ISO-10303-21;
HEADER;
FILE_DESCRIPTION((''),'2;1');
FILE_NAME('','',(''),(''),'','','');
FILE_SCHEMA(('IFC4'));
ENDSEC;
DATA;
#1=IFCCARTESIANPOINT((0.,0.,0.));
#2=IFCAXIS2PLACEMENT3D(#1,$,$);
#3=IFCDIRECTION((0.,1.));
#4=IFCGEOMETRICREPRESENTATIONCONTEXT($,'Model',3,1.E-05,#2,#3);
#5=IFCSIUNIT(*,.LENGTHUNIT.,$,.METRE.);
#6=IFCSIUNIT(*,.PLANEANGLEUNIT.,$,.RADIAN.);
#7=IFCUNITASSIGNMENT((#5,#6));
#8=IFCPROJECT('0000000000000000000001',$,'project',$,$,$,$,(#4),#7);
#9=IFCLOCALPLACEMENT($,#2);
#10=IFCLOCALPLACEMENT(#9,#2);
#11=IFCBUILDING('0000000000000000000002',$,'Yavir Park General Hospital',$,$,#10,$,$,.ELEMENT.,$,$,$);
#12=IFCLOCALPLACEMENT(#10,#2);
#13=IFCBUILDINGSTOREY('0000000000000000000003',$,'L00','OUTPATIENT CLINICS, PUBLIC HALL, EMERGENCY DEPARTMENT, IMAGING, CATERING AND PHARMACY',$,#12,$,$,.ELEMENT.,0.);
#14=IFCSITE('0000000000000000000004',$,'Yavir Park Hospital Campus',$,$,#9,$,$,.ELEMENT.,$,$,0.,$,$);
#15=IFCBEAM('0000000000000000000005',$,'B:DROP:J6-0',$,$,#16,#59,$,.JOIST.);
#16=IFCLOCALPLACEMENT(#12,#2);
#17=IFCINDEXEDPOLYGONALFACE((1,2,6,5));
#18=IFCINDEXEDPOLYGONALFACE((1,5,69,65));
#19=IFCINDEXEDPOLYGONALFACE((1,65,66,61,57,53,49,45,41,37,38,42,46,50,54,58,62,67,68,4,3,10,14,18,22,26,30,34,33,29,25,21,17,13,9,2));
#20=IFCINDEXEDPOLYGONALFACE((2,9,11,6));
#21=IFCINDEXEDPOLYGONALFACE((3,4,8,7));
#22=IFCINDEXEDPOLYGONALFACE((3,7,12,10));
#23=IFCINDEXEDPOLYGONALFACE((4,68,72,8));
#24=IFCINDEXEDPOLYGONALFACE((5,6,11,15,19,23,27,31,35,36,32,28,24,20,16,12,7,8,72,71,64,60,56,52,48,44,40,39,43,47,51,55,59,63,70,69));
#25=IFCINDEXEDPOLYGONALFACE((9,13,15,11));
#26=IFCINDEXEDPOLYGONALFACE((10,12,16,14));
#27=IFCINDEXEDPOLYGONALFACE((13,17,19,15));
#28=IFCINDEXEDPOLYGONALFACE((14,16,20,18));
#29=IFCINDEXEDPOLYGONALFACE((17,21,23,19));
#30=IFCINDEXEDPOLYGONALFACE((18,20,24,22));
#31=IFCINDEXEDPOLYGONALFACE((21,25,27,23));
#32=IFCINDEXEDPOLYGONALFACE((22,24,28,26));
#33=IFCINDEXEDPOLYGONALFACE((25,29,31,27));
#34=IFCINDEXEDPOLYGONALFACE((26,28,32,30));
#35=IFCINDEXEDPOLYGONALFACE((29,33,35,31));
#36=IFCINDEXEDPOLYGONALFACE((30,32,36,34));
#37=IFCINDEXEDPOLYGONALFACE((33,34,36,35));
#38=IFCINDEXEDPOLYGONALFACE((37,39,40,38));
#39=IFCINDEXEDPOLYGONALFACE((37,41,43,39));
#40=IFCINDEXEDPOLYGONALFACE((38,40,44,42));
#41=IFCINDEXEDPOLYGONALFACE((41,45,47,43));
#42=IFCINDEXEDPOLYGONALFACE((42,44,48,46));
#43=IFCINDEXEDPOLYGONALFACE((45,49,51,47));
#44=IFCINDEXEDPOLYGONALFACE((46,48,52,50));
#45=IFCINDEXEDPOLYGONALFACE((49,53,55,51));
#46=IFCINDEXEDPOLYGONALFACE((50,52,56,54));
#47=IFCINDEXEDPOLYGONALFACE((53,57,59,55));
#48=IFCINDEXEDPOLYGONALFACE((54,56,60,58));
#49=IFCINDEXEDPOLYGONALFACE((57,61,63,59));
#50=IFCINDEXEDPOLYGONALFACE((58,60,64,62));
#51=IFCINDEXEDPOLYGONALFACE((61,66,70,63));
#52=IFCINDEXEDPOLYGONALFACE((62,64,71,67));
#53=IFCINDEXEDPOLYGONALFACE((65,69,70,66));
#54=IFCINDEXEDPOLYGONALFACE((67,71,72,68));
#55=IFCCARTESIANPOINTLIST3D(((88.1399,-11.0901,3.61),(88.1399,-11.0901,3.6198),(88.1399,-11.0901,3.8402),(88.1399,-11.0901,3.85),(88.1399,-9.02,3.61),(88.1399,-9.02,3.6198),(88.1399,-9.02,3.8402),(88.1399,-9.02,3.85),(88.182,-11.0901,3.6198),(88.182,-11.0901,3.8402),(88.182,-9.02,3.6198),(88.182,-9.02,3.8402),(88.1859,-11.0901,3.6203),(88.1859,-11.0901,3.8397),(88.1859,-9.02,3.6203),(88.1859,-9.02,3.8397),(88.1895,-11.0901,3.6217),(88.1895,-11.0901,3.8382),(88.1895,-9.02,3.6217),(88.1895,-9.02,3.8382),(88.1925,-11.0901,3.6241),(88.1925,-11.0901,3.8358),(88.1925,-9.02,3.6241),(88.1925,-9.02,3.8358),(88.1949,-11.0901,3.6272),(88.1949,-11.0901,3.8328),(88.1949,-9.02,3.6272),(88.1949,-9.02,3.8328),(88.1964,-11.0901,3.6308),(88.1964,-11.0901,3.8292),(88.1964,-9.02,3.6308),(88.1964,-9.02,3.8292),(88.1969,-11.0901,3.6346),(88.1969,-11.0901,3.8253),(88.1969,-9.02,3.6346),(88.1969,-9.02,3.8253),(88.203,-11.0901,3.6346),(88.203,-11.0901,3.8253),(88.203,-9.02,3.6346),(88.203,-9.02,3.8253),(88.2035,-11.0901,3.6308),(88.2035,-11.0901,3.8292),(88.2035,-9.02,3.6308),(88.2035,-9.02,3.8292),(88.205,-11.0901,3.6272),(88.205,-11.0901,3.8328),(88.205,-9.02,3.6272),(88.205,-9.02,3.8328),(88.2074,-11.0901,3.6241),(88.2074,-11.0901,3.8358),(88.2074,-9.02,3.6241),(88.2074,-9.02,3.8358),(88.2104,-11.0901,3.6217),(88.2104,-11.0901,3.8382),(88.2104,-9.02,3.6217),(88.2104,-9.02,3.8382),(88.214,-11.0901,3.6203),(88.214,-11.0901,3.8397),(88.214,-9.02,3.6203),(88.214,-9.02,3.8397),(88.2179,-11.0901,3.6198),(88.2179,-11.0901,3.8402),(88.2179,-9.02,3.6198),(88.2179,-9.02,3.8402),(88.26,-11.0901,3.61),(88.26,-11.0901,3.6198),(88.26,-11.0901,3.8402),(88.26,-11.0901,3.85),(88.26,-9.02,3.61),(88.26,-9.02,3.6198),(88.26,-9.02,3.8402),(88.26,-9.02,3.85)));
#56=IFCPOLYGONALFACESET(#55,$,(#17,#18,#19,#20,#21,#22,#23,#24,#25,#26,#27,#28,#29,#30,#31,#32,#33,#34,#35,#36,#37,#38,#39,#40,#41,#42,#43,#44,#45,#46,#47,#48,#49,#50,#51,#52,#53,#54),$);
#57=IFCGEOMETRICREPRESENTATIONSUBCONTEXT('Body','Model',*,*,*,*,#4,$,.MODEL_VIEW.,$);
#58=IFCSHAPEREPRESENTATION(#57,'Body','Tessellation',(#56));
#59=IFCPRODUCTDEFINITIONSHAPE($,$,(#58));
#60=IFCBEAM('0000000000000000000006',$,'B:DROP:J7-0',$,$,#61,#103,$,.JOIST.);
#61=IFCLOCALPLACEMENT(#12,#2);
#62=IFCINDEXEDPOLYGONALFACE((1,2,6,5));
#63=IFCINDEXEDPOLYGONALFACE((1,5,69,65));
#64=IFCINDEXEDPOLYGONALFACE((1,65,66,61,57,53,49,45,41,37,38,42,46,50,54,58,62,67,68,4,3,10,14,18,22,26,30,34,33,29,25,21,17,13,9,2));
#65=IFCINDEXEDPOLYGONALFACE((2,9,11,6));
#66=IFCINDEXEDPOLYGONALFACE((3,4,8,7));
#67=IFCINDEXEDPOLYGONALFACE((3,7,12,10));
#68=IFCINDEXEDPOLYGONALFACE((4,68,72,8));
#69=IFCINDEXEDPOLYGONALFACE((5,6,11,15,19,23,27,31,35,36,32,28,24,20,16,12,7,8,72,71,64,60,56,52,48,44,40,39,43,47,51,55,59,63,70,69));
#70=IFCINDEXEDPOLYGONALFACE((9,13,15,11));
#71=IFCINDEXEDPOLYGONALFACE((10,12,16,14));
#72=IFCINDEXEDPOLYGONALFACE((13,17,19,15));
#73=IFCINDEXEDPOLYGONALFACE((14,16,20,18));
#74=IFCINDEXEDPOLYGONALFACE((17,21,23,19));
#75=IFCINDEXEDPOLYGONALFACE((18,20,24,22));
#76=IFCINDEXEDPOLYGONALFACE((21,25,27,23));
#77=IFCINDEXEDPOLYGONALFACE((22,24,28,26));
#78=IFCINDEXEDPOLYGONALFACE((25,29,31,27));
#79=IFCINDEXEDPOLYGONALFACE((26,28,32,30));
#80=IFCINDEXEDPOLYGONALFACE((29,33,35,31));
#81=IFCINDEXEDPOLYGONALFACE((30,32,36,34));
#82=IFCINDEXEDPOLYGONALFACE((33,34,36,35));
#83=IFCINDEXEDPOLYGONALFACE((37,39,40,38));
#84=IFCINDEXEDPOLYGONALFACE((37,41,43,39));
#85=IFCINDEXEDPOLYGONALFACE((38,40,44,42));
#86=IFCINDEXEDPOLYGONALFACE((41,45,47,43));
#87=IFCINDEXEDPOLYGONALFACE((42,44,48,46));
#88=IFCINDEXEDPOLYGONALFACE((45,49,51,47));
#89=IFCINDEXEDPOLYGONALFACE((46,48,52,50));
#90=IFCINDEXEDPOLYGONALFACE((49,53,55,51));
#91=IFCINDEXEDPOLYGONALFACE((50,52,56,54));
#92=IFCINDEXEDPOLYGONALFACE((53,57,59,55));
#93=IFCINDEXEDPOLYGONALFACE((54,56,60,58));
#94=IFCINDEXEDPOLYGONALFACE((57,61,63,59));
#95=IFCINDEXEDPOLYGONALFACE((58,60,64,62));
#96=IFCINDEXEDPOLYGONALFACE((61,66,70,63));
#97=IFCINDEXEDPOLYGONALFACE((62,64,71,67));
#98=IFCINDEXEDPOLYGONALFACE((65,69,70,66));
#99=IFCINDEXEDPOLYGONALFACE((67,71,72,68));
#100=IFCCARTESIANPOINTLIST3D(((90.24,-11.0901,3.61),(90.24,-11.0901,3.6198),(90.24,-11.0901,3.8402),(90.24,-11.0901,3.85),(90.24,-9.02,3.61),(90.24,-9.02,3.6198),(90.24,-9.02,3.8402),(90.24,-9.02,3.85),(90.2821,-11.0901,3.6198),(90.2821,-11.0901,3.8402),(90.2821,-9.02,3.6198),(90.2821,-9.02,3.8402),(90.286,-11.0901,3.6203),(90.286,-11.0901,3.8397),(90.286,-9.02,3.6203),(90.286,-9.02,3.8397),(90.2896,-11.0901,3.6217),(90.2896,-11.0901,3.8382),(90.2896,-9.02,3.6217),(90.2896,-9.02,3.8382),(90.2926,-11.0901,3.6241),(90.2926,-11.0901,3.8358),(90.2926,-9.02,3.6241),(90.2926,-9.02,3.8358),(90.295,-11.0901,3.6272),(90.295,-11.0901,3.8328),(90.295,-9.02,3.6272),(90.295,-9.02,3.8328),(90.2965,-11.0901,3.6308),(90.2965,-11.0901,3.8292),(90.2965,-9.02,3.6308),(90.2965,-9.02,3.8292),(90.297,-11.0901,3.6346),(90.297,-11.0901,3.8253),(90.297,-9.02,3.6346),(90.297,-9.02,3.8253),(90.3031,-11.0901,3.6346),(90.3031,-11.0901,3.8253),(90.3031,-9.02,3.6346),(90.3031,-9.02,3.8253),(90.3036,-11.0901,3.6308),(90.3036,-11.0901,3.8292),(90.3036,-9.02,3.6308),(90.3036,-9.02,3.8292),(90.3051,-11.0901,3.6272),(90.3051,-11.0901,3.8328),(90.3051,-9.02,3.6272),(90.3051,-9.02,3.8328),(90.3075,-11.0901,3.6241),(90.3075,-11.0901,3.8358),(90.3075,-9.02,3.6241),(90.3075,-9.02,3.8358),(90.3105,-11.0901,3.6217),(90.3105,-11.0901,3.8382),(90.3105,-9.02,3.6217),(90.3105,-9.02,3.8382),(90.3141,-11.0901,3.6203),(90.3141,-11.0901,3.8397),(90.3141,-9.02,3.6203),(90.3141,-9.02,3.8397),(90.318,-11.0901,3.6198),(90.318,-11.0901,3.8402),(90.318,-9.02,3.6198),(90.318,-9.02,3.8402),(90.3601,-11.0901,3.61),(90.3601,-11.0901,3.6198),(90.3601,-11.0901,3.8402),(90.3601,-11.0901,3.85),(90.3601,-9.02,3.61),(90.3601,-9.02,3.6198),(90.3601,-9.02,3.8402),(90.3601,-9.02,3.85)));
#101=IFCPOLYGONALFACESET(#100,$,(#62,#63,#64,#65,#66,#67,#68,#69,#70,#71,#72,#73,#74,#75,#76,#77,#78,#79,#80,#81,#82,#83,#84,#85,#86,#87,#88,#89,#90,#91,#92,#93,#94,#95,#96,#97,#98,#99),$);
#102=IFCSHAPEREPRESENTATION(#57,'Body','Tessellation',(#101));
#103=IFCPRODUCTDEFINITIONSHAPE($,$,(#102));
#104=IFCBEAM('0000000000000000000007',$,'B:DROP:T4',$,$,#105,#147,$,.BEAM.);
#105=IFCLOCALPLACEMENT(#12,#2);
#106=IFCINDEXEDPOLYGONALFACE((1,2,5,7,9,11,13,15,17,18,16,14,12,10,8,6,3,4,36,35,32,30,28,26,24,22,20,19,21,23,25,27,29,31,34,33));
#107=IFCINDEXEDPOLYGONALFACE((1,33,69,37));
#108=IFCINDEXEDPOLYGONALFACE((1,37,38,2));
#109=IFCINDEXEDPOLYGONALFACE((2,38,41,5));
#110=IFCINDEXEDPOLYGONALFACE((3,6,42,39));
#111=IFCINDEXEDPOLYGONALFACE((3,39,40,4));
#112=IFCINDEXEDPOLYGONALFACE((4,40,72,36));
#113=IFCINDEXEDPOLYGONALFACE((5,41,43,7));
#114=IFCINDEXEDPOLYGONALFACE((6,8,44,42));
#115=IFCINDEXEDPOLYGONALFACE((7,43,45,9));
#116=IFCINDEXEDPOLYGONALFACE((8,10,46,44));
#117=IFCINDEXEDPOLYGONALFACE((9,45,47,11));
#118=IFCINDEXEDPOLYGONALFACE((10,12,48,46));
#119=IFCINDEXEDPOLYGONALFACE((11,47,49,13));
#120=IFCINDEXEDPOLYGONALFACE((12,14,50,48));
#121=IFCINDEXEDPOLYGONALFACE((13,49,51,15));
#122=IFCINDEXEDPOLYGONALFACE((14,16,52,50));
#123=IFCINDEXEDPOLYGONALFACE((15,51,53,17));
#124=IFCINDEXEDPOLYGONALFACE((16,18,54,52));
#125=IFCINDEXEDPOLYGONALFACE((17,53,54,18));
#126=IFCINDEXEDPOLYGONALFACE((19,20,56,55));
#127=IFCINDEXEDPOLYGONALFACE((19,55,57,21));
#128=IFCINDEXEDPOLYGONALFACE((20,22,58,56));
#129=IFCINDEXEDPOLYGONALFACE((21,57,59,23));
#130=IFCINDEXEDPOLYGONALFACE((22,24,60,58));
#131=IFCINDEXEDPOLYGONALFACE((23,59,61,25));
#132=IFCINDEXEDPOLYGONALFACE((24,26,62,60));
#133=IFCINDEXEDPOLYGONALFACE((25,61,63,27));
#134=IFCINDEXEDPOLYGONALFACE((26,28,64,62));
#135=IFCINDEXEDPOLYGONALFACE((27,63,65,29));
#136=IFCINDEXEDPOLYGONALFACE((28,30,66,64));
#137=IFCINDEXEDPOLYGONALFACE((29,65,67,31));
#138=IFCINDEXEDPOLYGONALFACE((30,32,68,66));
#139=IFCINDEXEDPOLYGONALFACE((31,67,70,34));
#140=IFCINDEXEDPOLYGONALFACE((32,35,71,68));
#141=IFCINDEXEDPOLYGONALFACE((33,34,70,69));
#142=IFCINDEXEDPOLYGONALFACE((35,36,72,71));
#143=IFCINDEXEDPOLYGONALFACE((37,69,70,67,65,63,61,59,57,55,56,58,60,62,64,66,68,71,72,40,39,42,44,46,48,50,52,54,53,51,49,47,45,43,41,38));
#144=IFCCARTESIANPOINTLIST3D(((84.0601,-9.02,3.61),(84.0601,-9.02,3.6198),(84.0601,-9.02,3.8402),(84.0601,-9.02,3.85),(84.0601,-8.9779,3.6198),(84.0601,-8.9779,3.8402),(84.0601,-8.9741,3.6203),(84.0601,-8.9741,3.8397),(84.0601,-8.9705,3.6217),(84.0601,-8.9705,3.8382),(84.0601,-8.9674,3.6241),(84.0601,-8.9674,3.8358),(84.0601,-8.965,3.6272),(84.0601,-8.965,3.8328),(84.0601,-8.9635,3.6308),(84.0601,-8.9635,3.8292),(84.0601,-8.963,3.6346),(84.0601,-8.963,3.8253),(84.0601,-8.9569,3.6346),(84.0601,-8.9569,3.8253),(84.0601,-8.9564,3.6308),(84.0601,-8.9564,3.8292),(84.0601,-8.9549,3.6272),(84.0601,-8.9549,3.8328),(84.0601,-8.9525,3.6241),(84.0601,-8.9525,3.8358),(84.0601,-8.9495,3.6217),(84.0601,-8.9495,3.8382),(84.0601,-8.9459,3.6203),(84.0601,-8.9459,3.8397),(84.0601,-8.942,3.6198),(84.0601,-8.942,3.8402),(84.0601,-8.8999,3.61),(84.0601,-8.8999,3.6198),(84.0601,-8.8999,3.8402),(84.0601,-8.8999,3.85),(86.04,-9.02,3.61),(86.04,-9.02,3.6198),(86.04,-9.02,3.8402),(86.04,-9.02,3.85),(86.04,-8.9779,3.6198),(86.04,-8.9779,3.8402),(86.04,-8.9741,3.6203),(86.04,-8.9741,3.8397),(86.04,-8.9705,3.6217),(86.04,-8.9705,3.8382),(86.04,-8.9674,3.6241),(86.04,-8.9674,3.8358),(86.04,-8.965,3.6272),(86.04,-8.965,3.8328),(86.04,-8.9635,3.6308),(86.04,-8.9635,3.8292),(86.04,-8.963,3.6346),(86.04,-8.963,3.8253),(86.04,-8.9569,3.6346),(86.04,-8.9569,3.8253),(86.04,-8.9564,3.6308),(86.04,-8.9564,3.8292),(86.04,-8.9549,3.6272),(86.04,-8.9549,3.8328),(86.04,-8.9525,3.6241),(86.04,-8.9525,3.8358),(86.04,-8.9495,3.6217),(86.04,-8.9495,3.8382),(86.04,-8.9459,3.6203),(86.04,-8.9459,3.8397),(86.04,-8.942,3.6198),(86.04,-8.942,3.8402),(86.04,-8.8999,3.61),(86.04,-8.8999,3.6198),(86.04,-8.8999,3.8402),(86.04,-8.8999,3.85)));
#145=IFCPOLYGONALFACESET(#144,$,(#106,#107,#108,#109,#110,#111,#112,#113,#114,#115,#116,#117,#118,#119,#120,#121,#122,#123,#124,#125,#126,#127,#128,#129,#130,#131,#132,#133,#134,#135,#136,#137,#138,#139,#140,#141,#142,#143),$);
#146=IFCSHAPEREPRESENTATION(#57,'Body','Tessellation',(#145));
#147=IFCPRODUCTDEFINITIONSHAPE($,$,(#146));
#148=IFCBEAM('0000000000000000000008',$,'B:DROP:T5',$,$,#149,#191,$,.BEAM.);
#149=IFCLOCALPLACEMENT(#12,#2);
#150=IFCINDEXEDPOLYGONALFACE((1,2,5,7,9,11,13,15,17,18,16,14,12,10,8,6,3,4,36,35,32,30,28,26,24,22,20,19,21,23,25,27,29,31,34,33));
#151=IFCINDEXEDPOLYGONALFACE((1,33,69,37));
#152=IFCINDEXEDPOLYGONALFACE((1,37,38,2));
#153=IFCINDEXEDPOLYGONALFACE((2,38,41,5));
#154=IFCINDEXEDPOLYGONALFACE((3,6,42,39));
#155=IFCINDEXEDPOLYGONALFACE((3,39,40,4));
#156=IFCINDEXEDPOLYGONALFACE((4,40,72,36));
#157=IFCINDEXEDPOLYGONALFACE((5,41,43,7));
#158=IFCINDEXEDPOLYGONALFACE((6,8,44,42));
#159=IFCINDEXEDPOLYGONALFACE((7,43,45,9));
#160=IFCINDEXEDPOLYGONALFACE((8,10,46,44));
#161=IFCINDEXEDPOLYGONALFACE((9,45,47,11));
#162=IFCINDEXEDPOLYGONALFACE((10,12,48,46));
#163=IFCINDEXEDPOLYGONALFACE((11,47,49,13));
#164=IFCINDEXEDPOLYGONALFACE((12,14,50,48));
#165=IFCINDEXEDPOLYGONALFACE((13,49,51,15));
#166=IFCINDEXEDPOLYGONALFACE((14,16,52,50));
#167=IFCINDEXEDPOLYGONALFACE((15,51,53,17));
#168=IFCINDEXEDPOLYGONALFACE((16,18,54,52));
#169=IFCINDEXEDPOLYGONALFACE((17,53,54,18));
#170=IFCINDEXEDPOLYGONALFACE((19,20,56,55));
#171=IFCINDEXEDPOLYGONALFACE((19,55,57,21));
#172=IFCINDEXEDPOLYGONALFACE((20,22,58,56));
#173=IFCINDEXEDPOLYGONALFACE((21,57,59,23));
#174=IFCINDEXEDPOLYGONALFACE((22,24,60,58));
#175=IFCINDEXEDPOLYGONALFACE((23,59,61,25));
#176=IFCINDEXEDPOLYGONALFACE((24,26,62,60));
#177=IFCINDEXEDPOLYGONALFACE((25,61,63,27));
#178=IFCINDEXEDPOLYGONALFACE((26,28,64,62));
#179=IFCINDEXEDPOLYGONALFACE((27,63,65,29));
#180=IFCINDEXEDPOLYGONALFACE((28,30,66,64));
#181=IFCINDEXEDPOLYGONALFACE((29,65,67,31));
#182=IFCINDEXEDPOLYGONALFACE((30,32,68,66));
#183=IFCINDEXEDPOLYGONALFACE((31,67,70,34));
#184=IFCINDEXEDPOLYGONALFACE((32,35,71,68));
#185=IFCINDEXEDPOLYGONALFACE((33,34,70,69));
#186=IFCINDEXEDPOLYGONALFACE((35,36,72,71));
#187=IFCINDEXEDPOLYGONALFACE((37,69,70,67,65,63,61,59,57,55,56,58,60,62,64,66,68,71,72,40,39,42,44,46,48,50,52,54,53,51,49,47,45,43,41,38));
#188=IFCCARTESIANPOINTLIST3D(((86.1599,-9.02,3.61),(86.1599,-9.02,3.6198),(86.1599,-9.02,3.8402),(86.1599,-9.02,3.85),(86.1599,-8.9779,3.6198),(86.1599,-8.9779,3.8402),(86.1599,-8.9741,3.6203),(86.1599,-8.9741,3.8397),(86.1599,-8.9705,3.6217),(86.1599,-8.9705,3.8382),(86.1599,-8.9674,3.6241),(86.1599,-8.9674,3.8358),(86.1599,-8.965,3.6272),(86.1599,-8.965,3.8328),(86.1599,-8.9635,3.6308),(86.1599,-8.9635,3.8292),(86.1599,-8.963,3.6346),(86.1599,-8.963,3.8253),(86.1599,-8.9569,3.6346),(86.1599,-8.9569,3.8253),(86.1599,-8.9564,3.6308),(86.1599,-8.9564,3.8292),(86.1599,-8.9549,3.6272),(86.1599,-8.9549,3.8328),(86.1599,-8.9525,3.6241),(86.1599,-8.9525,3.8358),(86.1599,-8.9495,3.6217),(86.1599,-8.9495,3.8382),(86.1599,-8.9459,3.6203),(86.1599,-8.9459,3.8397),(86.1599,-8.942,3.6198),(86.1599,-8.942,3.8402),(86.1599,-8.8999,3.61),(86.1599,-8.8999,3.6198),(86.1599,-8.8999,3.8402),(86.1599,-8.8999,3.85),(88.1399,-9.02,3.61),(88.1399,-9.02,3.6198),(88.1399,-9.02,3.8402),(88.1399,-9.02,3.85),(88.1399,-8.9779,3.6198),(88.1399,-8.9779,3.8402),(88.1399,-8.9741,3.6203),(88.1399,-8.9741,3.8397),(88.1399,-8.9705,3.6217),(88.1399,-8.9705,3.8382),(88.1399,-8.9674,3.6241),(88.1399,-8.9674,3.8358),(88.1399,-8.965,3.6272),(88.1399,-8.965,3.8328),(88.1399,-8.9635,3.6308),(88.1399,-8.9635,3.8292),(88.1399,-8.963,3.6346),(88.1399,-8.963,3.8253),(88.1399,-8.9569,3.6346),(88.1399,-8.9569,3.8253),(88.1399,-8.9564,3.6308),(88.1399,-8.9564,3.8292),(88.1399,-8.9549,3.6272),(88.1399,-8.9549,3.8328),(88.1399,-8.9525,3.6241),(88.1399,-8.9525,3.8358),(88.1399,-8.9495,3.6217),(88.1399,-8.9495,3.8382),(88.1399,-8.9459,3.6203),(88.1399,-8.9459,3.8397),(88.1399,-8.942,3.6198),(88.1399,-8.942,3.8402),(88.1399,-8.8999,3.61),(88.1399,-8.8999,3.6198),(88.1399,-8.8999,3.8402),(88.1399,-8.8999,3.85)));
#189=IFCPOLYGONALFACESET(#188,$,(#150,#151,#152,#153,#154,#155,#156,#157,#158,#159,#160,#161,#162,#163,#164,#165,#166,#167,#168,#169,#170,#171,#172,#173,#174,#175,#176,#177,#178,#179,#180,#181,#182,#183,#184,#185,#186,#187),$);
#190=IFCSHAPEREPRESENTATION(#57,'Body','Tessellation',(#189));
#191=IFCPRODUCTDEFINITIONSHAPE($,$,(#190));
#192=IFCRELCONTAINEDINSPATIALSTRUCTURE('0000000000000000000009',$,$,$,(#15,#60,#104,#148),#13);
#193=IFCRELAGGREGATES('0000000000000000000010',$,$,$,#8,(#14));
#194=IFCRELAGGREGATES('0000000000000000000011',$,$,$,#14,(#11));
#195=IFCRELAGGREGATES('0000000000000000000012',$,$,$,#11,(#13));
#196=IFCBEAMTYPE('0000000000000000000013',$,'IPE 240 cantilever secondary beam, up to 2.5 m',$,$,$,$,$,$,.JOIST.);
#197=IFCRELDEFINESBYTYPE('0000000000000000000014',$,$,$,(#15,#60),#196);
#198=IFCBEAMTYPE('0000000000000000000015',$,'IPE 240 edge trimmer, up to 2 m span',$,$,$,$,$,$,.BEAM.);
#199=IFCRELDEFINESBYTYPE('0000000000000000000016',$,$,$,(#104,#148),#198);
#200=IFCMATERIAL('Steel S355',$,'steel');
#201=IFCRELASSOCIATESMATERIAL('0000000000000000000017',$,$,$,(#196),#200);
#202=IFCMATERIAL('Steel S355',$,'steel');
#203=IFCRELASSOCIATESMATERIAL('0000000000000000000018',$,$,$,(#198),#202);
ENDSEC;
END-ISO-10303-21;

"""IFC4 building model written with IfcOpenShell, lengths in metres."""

from ifc_helpers import new_model, si_unit, direction, frame, origin, origin_2d, place, context, subcontext, project, spatial, i_section, extrude, material, material_profile, profile_set, type_object, element, save


model = new_model("IFC4")

# Units and contexts
model_context = context("Model", 3, precision=1e-05, world=origin(), true_north=direction((0.0, 1.0)))
body_context = subcontext(model_context, "Body", "Model", "MODEL_VIEW")
ifc_project = project(units=[si_unit("LENGTHUNIT", "METRE"), si_unit("PLANEANGLEUNIT", "RADIAN")], contexts=[model_context])

# Site, building, storey
site_placement = place(None, origin())
site = spatial("IfcSite", under=ifc_project, at=site_placement, Name="Yavir Park Hospital Campus", CompositionType="ELEMENT", RefElevation=0.0)
building_placement = place(site_placement, origin())
building = spatial("IfcBuilding", under=site, at=building_placement, Name="Yavir Park General Hospital", CompositionType="ELEMENT")
storey_placement = place(building_placement, origin())
storey = spatial("IfcBuildingStorey", under=building, at=storey_placement, Name="L00", Description="OUTPATIENT CLINICS, PUBLIC HALL, EMERGENCY DEPARTMENT, IMAGING, CATERING AND PHARMACY", CompositionType="ELEMENT", Elevation=0.0)

# Beams
ifc_material_1 = material(Name="Steel S355", Category="steel")
ifc_material_profile_1 = material_profile(ifc_material_1, i_section(OverallWidth=0.1201, OverallDepth=0.24, WebThickness=0.0061, FlangeThickness=0.0098, FilletRadius=0.0149, at=origin_2d()), Name="IPE240")
ifc_profile_set_1 = profile_set([ifc_material_profile_1], Name="Steel S355")
beam_type_1 = type_object("IfcBeamType", Name="IPE 240 cantilever secondary beam, up to 2.5 m", PredefinedType="JOIST", material=ifc_profile_set_1)
for number, where, z_axis, x_axis, name in (
    (1, (88.2, -9.02, 3.73), (0.0, -1.0, 0.0), (1.0, 0.0, 0.0), "B:DROP:J6-0"),
    (2, (90.3, -9.02, 3.73), (0.0, -1.0, 0.0), (1.0, 0.0, 0.0), "B:DROP:J7-0"),
):
    element("IfcBeam", number, at=place(storey_placement, frame(where, z_axis=z_axis, x_axis=x_axis)), inside=storey, type_object=beam_type_1, Name=name, PredefinedType="JOIST", context=body_context, shape_type="SweptSolid", body=[
        extrude(i_section(OverallWidth=0.1201, OverallDepth=0.24, WebThickness=0.0061, FlangeThickness=0.0098, FilletRadius=0.0149, at=origin_2d()), origin(), (0.0, 0.0, 1.0), 2.0701),
    ])
ifc_material_2 = material(Name="Steel S355", Category="steel")
ifc_material_profile_2 = material_profile(ifc_material_2, i_section(OverallWidth=0.1201, OverallDepth=0.24, WebThickness=0.0061, FlangeThickness=0.0098, FilletRadius=0.0149, at=origin_2d()), Name="IPE240")
ifc_profile_set_2 = profile_set([ifc_material_profile_2], Name="Steel S355")
beam_type_2 = type_object("IfcBeamType", Name="IPE 240 edge trimmer, up to 2 m span", PredefinedType="BEAM", material=ifc_profile_set_2)
for number, where, z_axis, x_axis, name in (
    (3, (84.0601, -8.96, 3.73), (1.0, 0.0, 0.0), (0.0, 1.0, 0.0), "B:DROP:T4"),
    (4, (86.1599, -8.96, 3.73), (1.0, 0.0, 0.0), (0.0, 1.0, 0.0), "B:DROP:T5"),
):
    element("IfcBeam", number, at=place(storey_placement, frame(where, z_axis=z_axis, x_axis=x_axis)), inside=storey, type_object=beam_type_2, Name=name, PredefinedType="BEAM", context=body_context, shape_type="SweptSolid", body=[
        extrude(i_section(OverallWidth=0.1201, OverallDepth=0.24, WebThickness=0.0061, FlangeThickness=0.0098, FilletRadius=0.0149, at=origin_2d()), origin(), (0.0, 0.0, 1.0), 1.98),
    ])

save(model, "model.ifc")
